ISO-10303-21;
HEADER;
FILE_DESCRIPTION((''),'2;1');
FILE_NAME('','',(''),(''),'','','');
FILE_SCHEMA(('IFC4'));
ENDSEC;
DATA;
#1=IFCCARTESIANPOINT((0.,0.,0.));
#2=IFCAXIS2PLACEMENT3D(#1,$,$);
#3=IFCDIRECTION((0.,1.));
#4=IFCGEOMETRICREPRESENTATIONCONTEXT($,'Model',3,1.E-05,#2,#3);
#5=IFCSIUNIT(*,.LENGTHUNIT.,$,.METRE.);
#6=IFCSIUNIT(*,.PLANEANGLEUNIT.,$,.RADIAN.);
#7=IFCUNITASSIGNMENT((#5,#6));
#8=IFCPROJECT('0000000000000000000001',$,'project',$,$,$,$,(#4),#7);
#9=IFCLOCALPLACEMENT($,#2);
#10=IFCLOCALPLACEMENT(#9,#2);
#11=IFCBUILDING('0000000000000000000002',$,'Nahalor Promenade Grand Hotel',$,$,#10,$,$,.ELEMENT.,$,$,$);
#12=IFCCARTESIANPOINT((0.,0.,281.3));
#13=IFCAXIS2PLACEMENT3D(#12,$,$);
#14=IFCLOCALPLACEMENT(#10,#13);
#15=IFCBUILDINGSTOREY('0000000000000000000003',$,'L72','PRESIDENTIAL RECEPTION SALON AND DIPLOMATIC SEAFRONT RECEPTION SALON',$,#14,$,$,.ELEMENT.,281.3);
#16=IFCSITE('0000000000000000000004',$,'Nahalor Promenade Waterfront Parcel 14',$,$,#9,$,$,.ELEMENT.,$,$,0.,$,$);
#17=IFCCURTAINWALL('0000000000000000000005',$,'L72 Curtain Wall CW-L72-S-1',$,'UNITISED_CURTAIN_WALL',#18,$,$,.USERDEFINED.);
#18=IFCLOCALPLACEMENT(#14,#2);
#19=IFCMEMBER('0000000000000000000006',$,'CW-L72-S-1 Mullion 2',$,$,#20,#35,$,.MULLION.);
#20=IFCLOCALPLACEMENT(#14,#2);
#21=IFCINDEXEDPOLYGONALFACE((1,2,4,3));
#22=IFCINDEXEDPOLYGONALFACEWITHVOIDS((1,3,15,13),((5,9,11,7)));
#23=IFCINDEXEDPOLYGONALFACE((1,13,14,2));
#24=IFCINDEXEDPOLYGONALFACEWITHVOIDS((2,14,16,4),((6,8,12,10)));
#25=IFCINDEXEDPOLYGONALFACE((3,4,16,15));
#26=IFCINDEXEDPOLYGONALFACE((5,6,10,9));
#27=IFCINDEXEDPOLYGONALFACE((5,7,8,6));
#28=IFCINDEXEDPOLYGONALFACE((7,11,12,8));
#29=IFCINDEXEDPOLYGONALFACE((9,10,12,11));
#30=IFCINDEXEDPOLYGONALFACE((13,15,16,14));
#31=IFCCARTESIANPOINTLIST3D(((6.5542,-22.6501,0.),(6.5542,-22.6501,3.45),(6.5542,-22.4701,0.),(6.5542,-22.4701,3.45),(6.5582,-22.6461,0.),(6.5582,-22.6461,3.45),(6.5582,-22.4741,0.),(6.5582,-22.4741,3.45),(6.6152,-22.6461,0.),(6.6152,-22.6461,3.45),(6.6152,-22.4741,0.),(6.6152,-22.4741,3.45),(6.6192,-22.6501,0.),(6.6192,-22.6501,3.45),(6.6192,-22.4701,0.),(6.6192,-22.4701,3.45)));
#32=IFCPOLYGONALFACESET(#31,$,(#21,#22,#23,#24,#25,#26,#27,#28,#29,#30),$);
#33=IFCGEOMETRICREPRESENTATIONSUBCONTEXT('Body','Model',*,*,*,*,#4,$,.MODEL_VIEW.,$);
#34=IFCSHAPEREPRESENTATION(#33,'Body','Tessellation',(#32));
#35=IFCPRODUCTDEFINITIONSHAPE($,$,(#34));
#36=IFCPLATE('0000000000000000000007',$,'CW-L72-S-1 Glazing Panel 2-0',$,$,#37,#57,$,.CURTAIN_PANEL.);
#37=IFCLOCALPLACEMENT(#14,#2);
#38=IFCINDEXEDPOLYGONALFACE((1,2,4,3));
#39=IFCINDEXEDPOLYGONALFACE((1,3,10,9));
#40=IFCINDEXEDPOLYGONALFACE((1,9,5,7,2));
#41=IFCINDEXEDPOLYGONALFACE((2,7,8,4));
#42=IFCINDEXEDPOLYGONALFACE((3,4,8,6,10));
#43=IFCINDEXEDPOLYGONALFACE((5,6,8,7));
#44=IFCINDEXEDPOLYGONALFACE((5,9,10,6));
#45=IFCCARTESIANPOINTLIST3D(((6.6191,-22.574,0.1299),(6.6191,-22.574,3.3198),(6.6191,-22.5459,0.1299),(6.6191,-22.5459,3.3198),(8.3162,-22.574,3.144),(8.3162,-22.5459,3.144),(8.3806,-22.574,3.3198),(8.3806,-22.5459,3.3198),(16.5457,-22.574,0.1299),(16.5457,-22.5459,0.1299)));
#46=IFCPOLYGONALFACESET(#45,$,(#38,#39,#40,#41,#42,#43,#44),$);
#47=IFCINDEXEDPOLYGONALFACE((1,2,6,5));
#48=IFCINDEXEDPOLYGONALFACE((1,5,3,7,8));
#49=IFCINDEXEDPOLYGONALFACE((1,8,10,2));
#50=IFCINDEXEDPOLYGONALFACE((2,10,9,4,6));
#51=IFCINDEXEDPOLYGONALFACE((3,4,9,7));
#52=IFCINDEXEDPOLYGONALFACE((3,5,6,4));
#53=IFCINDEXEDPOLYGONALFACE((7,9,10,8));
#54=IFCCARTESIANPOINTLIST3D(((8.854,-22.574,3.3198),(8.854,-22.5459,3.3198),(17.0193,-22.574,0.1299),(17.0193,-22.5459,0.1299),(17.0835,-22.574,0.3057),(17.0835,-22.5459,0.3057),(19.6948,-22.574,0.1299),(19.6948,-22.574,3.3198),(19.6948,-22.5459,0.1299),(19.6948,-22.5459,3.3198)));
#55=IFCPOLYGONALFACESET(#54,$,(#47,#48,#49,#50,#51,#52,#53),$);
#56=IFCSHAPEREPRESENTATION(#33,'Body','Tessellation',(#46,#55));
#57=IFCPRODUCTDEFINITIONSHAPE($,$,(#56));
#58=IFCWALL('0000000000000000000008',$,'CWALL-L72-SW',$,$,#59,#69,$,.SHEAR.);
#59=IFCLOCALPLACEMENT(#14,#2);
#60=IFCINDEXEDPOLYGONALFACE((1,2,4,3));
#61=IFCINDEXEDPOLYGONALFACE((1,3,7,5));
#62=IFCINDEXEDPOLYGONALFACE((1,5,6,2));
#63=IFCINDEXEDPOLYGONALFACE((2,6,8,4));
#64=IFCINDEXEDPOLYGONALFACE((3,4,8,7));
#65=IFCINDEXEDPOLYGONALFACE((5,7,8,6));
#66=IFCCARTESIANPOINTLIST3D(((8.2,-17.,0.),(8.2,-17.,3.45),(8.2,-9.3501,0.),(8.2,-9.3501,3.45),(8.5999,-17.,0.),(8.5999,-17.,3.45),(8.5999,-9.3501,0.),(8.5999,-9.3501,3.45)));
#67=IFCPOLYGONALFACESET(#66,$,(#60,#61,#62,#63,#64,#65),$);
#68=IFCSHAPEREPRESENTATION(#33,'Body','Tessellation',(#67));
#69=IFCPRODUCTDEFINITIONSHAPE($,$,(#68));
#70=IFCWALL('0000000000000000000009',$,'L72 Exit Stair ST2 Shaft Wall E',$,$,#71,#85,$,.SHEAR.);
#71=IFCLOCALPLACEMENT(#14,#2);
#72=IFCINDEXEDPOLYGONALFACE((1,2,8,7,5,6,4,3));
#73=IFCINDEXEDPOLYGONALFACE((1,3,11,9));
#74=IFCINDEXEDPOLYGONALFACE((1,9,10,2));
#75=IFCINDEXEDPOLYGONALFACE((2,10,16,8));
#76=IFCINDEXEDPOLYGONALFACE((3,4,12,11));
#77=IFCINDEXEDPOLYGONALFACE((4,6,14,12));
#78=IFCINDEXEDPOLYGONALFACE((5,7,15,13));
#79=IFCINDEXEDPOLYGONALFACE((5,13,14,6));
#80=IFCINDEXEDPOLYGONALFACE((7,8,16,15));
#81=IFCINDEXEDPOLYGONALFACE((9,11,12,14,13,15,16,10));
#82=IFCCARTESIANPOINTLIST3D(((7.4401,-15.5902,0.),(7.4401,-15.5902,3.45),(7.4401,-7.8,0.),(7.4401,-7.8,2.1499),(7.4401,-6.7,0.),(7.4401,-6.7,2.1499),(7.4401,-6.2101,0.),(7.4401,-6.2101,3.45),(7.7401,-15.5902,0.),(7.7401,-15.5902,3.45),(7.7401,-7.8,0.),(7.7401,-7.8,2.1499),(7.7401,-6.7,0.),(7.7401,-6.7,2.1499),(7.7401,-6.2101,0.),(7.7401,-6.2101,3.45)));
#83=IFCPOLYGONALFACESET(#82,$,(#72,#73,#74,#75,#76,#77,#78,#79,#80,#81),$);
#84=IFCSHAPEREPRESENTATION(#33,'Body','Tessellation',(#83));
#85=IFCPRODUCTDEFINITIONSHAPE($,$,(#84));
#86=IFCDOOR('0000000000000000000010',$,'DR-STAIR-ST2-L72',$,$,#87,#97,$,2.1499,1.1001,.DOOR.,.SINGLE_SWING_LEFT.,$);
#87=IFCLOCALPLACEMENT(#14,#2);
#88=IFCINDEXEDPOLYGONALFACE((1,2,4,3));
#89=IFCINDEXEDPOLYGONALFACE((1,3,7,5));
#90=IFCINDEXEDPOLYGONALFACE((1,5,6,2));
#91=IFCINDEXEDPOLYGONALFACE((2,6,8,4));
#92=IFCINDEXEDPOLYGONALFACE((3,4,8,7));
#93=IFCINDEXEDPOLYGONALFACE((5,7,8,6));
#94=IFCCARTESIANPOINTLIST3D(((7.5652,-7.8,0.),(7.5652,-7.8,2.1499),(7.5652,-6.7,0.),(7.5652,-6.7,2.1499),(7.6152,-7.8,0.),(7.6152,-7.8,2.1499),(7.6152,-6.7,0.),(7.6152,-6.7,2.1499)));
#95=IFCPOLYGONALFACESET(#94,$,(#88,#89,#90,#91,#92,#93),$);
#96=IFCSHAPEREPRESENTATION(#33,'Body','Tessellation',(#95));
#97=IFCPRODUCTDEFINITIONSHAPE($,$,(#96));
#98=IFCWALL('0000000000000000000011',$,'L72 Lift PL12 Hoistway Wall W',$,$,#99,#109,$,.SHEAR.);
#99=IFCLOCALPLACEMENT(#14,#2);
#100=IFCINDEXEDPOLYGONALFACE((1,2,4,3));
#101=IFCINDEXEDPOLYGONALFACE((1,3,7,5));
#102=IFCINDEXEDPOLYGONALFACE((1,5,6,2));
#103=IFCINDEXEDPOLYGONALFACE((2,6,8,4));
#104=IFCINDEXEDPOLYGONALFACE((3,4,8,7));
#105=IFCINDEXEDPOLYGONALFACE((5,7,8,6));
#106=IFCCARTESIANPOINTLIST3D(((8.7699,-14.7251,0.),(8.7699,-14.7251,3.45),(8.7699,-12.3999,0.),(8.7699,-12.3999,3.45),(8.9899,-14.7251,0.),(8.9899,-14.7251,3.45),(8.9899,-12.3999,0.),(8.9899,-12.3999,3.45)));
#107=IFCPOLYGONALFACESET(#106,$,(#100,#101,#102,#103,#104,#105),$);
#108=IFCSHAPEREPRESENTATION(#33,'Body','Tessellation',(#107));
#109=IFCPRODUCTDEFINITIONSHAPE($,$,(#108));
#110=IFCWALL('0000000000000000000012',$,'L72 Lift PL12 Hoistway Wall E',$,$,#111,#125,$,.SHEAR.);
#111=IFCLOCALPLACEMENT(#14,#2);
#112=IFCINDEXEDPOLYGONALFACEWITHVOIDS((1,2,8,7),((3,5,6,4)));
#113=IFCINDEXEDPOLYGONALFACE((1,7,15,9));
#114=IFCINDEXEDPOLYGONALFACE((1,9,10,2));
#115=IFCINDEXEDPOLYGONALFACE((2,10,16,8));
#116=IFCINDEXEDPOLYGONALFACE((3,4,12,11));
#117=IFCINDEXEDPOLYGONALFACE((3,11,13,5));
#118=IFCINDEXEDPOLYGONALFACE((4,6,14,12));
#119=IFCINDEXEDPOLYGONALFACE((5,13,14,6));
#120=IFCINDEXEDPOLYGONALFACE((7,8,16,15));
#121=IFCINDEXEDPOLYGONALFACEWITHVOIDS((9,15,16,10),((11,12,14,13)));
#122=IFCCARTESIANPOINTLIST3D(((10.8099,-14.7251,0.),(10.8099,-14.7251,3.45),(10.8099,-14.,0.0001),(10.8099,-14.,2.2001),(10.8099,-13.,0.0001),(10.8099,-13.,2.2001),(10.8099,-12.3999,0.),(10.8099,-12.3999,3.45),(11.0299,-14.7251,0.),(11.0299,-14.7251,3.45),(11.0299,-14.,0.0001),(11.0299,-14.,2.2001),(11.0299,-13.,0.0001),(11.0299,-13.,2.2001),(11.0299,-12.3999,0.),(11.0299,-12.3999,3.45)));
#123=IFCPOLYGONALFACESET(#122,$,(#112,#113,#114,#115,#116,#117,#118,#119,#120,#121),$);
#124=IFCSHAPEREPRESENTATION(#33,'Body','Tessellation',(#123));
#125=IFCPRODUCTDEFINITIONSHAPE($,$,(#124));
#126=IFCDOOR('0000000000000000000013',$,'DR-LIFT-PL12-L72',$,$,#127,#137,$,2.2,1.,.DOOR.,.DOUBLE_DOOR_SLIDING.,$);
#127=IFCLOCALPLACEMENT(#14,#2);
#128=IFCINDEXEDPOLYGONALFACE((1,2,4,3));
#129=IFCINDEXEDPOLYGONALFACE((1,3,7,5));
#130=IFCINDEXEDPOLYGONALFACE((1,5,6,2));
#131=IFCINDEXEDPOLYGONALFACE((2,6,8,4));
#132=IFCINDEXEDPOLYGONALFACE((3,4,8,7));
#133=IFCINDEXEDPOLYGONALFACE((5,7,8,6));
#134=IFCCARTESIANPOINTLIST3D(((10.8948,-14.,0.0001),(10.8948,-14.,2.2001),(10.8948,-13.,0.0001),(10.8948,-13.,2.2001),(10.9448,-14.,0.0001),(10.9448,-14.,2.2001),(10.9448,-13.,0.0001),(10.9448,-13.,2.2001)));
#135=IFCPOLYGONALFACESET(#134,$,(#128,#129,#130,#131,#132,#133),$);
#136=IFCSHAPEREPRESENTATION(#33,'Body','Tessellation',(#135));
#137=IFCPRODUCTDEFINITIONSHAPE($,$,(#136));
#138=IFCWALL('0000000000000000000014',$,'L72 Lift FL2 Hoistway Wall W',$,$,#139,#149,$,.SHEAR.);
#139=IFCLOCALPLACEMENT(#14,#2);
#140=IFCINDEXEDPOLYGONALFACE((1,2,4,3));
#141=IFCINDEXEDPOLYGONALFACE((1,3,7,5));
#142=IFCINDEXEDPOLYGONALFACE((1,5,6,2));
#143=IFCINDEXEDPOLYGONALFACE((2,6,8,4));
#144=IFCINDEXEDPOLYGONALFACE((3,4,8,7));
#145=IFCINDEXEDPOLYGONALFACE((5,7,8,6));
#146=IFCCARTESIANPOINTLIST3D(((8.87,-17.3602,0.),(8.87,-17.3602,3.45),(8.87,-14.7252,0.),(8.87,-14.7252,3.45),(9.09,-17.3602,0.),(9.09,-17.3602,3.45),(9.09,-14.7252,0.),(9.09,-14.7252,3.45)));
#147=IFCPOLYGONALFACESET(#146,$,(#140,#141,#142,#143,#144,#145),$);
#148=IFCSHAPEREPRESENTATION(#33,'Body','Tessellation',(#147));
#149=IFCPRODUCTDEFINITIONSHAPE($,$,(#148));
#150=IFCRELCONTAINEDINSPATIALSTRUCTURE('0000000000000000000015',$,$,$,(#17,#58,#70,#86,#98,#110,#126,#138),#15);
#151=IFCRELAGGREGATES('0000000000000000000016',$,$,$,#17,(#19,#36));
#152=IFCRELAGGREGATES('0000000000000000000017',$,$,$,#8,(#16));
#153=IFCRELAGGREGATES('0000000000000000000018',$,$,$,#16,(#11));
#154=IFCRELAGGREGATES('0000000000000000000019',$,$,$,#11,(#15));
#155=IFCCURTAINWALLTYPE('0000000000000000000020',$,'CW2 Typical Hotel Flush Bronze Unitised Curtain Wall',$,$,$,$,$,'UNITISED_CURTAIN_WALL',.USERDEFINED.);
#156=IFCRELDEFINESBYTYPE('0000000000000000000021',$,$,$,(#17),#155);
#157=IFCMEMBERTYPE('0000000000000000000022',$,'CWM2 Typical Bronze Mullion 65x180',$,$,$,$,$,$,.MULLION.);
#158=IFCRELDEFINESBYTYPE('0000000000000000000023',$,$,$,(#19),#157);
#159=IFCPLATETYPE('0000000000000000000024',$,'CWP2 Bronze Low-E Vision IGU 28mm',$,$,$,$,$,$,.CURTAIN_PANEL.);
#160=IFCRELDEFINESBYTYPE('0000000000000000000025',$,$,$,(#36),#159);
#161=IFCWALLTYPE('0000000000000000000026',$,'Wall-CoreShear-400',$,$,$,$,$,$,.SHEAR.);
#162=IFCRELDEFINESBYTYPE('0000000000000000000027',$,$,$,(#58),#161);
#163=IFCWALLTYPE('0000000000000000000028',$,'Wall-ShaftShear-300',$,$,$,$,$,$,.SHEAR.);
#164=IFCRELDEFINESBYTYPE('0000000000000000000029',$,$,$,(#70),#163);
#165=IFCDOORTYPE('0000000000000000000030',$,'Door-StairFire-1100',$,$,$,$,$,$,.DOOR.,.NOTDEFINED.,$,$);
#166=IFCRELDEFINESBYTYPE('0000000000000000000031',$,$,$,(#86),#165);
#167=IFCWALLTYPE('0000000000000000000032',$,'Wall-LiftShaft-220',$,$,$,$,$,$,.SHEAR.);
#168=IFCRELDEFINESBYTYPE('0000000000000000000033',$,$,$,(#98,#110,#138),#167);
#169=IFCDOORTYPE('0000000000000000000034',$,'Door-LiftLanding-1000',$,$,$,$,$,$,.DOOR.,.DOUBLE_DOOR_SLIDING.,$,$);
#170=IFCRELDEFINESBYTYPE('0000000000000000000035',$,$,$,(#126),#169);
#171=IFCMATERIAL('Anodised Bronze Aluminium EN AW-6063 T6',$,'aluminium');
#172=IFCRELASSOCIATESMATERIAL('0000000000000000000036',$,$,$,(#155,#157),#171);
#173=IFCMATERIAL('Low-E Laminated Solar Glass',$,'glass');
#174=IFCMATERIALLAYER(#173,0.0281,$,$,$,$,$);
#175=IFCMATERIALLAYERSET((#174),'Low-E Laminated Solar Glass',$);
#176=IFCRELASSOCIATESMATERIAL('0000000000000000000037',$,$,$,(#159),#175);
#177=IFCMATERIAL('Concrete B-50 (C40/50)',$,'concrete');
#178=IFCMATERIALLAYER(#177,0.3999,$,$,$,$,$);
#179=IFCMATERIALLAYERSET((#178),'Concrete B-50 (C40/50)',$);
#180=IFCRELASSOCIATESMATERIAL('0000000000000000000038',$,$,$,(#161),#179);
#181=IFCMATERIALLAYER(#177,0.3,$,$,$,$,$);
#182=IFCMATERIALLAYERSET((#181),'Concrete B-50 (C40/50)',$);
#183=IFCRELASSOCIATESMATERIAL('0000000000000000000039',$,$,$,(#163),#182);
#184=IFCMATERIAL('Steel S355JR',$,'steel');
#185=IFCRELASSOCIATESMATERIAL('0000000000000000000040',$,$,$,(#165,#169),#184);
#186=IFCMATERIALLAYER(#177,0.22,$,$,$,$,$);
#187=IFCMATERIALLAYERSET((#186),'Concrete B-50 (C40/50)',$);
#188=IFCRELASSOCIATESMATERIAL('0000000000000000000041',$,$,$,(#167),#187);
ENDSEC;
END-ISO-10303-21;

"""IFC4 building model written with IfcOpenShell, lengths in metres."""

from ifc_helpers import new_model, si_unit, direction, frame, frame_2d, origin, origin_2d, place, context, subcontext, project, spatial, polyline, rectangle, hollow_rectangle, outline, extrude, source, transform, mapped, material, layer, layer_set, material_profile, profile_set, type_object, element, fill, aggregate, save


model = new_model("IFC4")

# Units and contexts
model_context = context("Model", 3, precision=1e-05, world=origin(), true_north=direction((0.0, 1.0)))
body_context = subcontext(model_context, "Body", "Model", "MODEL_VIEW")
ifc_project = project(units=[si_unit("LENGTHUNIT", "METRE"), si_unit("PLANEANGLEUNIT", "RADIAN")], contexts=[model_context])

# Site, building, storey
site_placement = place(None, origin())
site = spatial("IfcSite", under=ifc_project, at=site_placement, Name="Nahalor Promenade Waterfront Parcel 14", CompositionType="ELEMENT", RefElevation=0.0)
building_placement = place(site_placement, origin())
building = spatial("IfcBuilding", under=site, at=building_placement, Name="Nahalor Promenade Grand Hotel", CompositionType="ELEMENT")
storey_placement = place(building_placement, frame((0.0, 0.0, 281.3)))
storey = spatial("IfcBuildingStorey", under=building, at=storey_placement, Name="L72", Description="PRESIDENTIAL RECEPTION SALON AND DIPLOMATIC SEAFRONT RECEPTION SALON", CompositionType="ELEMENT", Elevation=281.3)

# Shared definitions
ifc_material_1 = material(Name="Concrete B-50 (C40/50)", Category="concrete")
ifc_material_2 = material(Name="Steel S355JR", Category="steel")

# Curtain wall, member, plate
ifc_material_3 = material(Name="Anodised Bronze Aluminium EN AW-6063 T6", Category="aluminium")
curtain_wall_type = type_object("IfcCurtainWallType", Name="CW2 Typical Hotel Flush Bronze Unitised Curtain Wall", ElementType="UNITISED_CURTAIN_WALL", PredefinedType="USERDEFINED", material=ifc_material_3)
curtain_wall_placement = place(storey_placement, origin())
curtain_wall = element("IfcCurtainWall", 1, at=curtain_wall_placement, inside=storey, type_object=curtain_wall_type, Name="L72 Curtain Wall CW-L72-S-1", ObjectType="UNITISED_CURTAIN_WALL", PredefinedType="USERDEFINED")
ifc_material_profile_1 = material_profile(ifc_material_3, hollow_rectangle(XDim=0.065, YDim=0.18, WallThickness=0.004, at=origin_2d()), Name="CWM 65x180x4")
ifc_profile_set_1 = profile_set([ifc_material_profile_1], Name="Anodised Bronze Aluminium EN AW-6063 T6")
member_type_1 = type_object("IfcMemberType", Name="CWM2 Typical Bronze Mullion 65x180", PredefinedType="MULLION", material=ifc_profile_set_1)
shared_shape_1 = source(origin(), body_context, "Body", "SweptSolid", [
    extrude(hollow_rectangle(XDim=0.065, YDim=0.18, WallThickness=0.004, at=origin_2d()), origin(), (0.0, 0.0, 1.0), 3.45),
])
member_1_placement = place(storey_placement, frame((6.5867, -22.5601, 0.0), z_axis=(0.0, 0.0, 1.0), x_axis=(1.0, 0.0, 0.0)))
member_1 = element("IfcMember", 2, at=member_1_placement, type_object=member_type_1, Name="CW-L72-S-1 Mullion 2", PredefinedType="MULLION", context=body_context, shape_type="MappedRepresentation", body=[
    mapped(shared_shape_1, transform((0.0, 0.0, 0.0), scale=1.0)),
])
ifc_material_4 = material(Name="Low-E Laminated Solar Glass", Category="glass")
ifc_layer_1 = layer(ifc_material_4, 0.0281)
ifc_layer_set_1 = layer_set([ifc_layer_1], Name="Low-E Laminated Solar Glass")
plate_type = type_object("IfcPlateType", Name="CWP2 Bronze Low-E Vision IGU 28mm", PredefinedType="CURTAIN_PANEL", material=ifc_layer_set_1)
plate_placement = place(storey_placement, frame((13.157, -22.5601, 0.1299), z_axis=(0.0, 0.0, 1.0), x_axis=(1.0, 0.0, 0.0)))
plate = element("IfcPlate", 3, at=plate_placement, type_object=plate_type, Name="CW-L72-S-1 Glazing Panel 2-0", PredefinedType="CURTAIN_PANEL", context=body_context, shape_type="SweptSolid", body=[
    extrude(outline(polyline([(-6.5378, 3.1899), (-6.5378, 0.0), (3.3887, 0.0), (-4.8408, 3.0142), (-4.7764, 3.1899), (-6.5378, 3.1899)])), frame((0.0, 0.0142, 0.0), z_axis=(0.0, -1.0, 0.0), x_axis=(1.0, 0.0, 0.0)), (0.0, 0.0, 1.0), 0.0281),
    extrude(outline(polyline([(6.5378, 0.0), (6.5378, 3.1899), (-4.303, 3.1899), (3.9265, 0.1758), (3.8623, 0.0), (6.5378, 0.0)])), frame((0.0, 0.0142, 0.0), z_axis=(0.0, -1.0, 0.0), x_axis=(1.0, 0.0, 0.0)), (0.0, 0.0, 1.0), 0.0281),
])
aggregate(curtain_wall, [member_1, plate])

# Wall
ifc_layer_2 = layer(ifc_material_1, 0.3999)
ifc_layer_set_2 = layer_set([ifc_layer_2], Name="Concrete B-50 (C40/50)")
wall_type_1 = type_object("IfcWallType", Name="Wall-CoreShear-400", PredefinedType="SHEAR", material=ifc_layer_set_2)
shared_shape_2 = source(origin(), body_context, "Body", "SweptSolid", [
    extrude(rectangle(XDim=7.6499, YDim=0.3999, at=frame_2d((3.825, 0.0))), origin(), (0.0, 0.0, 1.0), 3.45),
])
wall_1_placement = place(storey_placement, frame((8.3999, -17.0, 0.0), z_axis=(0.0, 0.0, 1.0), x_axis=(0.0, 1.0, 0.0)))
element("IfcWall", 4, at=wall_1_placement, inside=storey, type_object=wall_type_1, Name="CWALL-L72-SW", PredefinedType="SHEAR", context=body_context, shape_type="MappedRepresentation", body=[
    mapped(shared_shape_2, transform((0.0, 0.0, 0.0), scale=1.0)),
])

# Wall, opening, door
ifc_layer_3 = layer(ifc_material_1, 0.3)
ifc_layer_set_3 = layer_set([ifc_layer_3], Name="Concrete B-50 (C40/50)")
wall_type_2 = type_object("IfcWallType", Name="Wall-ShaftShear-300", PredefinedType="SHEAR", material=ifc_layer_set_3)
shared_shape_3 = source(origin(), body_context, "Body", "SweptSolid", [
    extrude(rectangle(XDim=9.3801, YDim=0.3, at=frame_2d((4.6899, 0.0))), origin(), (0.0, 0.0, 1.0), 3.45),
])
wall_2_placement = place(storey_placement, frame((7.5901, -15.5901, 0.0), z_axis=(0.0, 0.0, 1.0), x_axis=(0.0, 1.0, 0.0)))
wall_2 = element("IfcWall", 5, at=wall_2_placement, inside=storey, type_object=wall_type_2, Name="L72 Exit Stair ST2 Shaft Wall E", PredefinedType="SHEAR", context=body_context, shape_type="MappedRepresentation", body=[
    mapped(shared_shape_3, transform((0.0, 0.0, 0.0), scale=1.0)),
])
opening_1_placement = place(wall_2_placement, frame((7.79, 0.0, 0.0)))
opening_1 = element("IfcOpeningElement", 6, at=opening_1_placement, cuts=wall_2, PredefinedType="OPENING", context=body_context, shape_type="SweptSolid", body=[
    extrude(rectangle(XDim=1.1001, YDim=2.1499, at=frame_2d((0.55, 1.075))), frame((0.0, 0.1599, 0.0), z_axis=(0.0, -1.0, 0.0), x_axis=(1.0, 0.0, 0.0)), (0.0, 0.0, 1.0), 0.3201),
])
door_type_1 = type_object("IfcDoorType", Name="Door-StairFire-1100", OperationType="NOTDEFINED", PredefinedType="DOOR", material=ifc_material_2)
shared_shape_4 = source(origin(), body_context, "Body", "SweptSolid", [
    extrude(rectangle(XDim=1.1001, YDim=2.1499, at=frame_2d((0.55, 1.075))), frame((0.0, 0.0249, 0.0), z_axis=(0.0, -1.0, 0.0), x_axis=(1.0, 0.0, 0.0)), (0.0, 0.0, 1.0), 0.05),
])
door_1_placement = place(opening_1_placement, origin())
door_1 = element("IfcDoor", 7, at=door_1_placement, inside=storey, type_object=door_type_1, Name="DR-STAIR-ST2-L72", OperationType="SINGLE_SWING_LEFT", OverallHeight=2.1499, OverallWidth=1.1001, PredefinedType="DOOR", context=body_context, shape_type="MappedRepresentation", body=[
    mapped(shared_shape_4, transform((0.0, 0.0, 0.0), scale=1.0)),
])
fill(opening_1, door_1)

# Wall
ifc_layer_4 = layer(ifc_material_1, 0.22)
ifc_layer_set_4 = layer_set([ifc_layer_4], Name="Concrete B-50 (C40/50)")
wall_type_3 = type_object("IfcWallType", Name="Wall-LiftShaft-220", PredefinedType="SHEAR", material=ifc_layer_set_4)
shared_shape_5 = source(origin(), body_context, "Body", "SweptSolid", [
    extrude(rectangle(XDim=2.3252, YDim=0.22, at=frame_2d((1.1626, 0.0))), origin(), (0.0, 0.0, 1.0), 3.45),
])
wall_3_placement = place(storey_placement, frame((8.8799, -14.7251, 0.0), z_axis=(0.0, 0.0, 1.0), x_axis=(0.0, 1.0, 0.0)))
element("IfcWall", 8, at=wall_3_placement, inside=storey, type_object=wall_type_3, Name="L72 Lift PL12 Hoistway Wall W", PredefinedType="SHEAR", context=body_context, shape_type="MappedRepresentation", body=[
    mapped(shared_shape_5, transform((0.0, 0.0, 0.0), scale=1.0)),
])

# Wall, opening, door
wall_4_placement = place(storey_placement, frame((10.9199, -14.7251, 0.0), z_axis=(0.0, 0.0, 1.0), x_axis=(0.0, 1.0, 0.0)))
wall_4 = element("IfcWall", 9, at=wall_4_placement, inside=storey, type_object=wall_type_3, Name="L72 Lift PL12 Hoistway Wall E", PredefinedType="SHEAR", context=body_context, shape_type="MappedRepresentation", body=[
    mapped(shared_shape_5, transform((0.0, 0.0, 0.0), scale=1.0)),
])
opening_2_placement = place(wall_4_placement, frame((0.7251, 0.0, 0.0)))
opening_2 = element("IfcOpeningElement", 10, at=opening_2_placement, cuts=wall_4, PredefinedType="OPENING", context=body_context, shape_type="SweptSolid", body=[
    extrude(rectangle(XDim=1.0, YDim=2.2, at=frame_2d((0.5, 1.1001))), frame((0.0, 0.1199, 0.0), z_axis=(0.0, -1.0, 0.0), x_axis=(1.0, 0.0, 0.0)), (0.0, 0.0, 1.0), 0.24),
])
door_type_2 = type_object("IfcDoorType", Name="Door-LiftLanding-1000", OperationType="DOUBLE_DOOR_SLIDING", PredefinedType="DOOR", material=ifc_material_2)
shared_shape_6 = source(origin(), body_context, "Body", "SweptSolid", [
    extrude(rectangle(XDim=1.0, YDim=2.2, at=frame_2d((0.5, 1.1001))), frame((0.0, 0.0249, 0.0), z_axis=(0.0, -1.0, 0.0), x_axis=(1.0, 0.0, 0.0)), (0.0, 0.0, 1.0), 0.05),
])
door_2_placement = place(opening_2_placement, frame((1.0, 0.0, 0.0), z_axis=(0.0, 0.0, 1.0), x_axis=(-1.0, 0.0, 0.0)))
door_2 = element("IfcDoor", 11, at=door_2_placement, inside=storey, type_object=door_type_2, Name="DR-LIFT-PL12-L72", OperationType="DOUBLE_DOOR_SLIDING", OverallHeight=2.2, OverallWidth=1.0, PredefinedType="DOOR", context=body_context, shape_type="MappedRepresentation", body=[
    mapped(shared_shape_6, transform((0.0, 0.0, 0.0), scale=1.0)),
])
fill(opening_2, door_2)

# Wall
shared_shape_7 = source(origin(), body_context, "Body", "SweptSolid", [
    extrude(rectangle(XDim=2.635, YDim=0.22, at=frame_2d((1.3174, 0.0))), origin(), (0.0, 0.0, 1.0), 3.45),
])
wall_5_placement = place(storey_placement, frame((8.98, -17.3601, 0.0), z_axis=(0.0, 0.0, 1.0), x_axis=(0.0, 1.0, 0.0)))
element("IfcWall", 12, at=wall_5_placement, inside=storey, type_object=wall_type_3, Name="L72 Lift FL2 Hoistway Wall W", PredefinedType="SHEAR", context=body_context, shape_type="MappedRepresentation", body=[
    mapped(shared_shape_7, transform((0.0, 0.0, 0.0), scale=1.0)),
])

save(model, "model.ifc")
